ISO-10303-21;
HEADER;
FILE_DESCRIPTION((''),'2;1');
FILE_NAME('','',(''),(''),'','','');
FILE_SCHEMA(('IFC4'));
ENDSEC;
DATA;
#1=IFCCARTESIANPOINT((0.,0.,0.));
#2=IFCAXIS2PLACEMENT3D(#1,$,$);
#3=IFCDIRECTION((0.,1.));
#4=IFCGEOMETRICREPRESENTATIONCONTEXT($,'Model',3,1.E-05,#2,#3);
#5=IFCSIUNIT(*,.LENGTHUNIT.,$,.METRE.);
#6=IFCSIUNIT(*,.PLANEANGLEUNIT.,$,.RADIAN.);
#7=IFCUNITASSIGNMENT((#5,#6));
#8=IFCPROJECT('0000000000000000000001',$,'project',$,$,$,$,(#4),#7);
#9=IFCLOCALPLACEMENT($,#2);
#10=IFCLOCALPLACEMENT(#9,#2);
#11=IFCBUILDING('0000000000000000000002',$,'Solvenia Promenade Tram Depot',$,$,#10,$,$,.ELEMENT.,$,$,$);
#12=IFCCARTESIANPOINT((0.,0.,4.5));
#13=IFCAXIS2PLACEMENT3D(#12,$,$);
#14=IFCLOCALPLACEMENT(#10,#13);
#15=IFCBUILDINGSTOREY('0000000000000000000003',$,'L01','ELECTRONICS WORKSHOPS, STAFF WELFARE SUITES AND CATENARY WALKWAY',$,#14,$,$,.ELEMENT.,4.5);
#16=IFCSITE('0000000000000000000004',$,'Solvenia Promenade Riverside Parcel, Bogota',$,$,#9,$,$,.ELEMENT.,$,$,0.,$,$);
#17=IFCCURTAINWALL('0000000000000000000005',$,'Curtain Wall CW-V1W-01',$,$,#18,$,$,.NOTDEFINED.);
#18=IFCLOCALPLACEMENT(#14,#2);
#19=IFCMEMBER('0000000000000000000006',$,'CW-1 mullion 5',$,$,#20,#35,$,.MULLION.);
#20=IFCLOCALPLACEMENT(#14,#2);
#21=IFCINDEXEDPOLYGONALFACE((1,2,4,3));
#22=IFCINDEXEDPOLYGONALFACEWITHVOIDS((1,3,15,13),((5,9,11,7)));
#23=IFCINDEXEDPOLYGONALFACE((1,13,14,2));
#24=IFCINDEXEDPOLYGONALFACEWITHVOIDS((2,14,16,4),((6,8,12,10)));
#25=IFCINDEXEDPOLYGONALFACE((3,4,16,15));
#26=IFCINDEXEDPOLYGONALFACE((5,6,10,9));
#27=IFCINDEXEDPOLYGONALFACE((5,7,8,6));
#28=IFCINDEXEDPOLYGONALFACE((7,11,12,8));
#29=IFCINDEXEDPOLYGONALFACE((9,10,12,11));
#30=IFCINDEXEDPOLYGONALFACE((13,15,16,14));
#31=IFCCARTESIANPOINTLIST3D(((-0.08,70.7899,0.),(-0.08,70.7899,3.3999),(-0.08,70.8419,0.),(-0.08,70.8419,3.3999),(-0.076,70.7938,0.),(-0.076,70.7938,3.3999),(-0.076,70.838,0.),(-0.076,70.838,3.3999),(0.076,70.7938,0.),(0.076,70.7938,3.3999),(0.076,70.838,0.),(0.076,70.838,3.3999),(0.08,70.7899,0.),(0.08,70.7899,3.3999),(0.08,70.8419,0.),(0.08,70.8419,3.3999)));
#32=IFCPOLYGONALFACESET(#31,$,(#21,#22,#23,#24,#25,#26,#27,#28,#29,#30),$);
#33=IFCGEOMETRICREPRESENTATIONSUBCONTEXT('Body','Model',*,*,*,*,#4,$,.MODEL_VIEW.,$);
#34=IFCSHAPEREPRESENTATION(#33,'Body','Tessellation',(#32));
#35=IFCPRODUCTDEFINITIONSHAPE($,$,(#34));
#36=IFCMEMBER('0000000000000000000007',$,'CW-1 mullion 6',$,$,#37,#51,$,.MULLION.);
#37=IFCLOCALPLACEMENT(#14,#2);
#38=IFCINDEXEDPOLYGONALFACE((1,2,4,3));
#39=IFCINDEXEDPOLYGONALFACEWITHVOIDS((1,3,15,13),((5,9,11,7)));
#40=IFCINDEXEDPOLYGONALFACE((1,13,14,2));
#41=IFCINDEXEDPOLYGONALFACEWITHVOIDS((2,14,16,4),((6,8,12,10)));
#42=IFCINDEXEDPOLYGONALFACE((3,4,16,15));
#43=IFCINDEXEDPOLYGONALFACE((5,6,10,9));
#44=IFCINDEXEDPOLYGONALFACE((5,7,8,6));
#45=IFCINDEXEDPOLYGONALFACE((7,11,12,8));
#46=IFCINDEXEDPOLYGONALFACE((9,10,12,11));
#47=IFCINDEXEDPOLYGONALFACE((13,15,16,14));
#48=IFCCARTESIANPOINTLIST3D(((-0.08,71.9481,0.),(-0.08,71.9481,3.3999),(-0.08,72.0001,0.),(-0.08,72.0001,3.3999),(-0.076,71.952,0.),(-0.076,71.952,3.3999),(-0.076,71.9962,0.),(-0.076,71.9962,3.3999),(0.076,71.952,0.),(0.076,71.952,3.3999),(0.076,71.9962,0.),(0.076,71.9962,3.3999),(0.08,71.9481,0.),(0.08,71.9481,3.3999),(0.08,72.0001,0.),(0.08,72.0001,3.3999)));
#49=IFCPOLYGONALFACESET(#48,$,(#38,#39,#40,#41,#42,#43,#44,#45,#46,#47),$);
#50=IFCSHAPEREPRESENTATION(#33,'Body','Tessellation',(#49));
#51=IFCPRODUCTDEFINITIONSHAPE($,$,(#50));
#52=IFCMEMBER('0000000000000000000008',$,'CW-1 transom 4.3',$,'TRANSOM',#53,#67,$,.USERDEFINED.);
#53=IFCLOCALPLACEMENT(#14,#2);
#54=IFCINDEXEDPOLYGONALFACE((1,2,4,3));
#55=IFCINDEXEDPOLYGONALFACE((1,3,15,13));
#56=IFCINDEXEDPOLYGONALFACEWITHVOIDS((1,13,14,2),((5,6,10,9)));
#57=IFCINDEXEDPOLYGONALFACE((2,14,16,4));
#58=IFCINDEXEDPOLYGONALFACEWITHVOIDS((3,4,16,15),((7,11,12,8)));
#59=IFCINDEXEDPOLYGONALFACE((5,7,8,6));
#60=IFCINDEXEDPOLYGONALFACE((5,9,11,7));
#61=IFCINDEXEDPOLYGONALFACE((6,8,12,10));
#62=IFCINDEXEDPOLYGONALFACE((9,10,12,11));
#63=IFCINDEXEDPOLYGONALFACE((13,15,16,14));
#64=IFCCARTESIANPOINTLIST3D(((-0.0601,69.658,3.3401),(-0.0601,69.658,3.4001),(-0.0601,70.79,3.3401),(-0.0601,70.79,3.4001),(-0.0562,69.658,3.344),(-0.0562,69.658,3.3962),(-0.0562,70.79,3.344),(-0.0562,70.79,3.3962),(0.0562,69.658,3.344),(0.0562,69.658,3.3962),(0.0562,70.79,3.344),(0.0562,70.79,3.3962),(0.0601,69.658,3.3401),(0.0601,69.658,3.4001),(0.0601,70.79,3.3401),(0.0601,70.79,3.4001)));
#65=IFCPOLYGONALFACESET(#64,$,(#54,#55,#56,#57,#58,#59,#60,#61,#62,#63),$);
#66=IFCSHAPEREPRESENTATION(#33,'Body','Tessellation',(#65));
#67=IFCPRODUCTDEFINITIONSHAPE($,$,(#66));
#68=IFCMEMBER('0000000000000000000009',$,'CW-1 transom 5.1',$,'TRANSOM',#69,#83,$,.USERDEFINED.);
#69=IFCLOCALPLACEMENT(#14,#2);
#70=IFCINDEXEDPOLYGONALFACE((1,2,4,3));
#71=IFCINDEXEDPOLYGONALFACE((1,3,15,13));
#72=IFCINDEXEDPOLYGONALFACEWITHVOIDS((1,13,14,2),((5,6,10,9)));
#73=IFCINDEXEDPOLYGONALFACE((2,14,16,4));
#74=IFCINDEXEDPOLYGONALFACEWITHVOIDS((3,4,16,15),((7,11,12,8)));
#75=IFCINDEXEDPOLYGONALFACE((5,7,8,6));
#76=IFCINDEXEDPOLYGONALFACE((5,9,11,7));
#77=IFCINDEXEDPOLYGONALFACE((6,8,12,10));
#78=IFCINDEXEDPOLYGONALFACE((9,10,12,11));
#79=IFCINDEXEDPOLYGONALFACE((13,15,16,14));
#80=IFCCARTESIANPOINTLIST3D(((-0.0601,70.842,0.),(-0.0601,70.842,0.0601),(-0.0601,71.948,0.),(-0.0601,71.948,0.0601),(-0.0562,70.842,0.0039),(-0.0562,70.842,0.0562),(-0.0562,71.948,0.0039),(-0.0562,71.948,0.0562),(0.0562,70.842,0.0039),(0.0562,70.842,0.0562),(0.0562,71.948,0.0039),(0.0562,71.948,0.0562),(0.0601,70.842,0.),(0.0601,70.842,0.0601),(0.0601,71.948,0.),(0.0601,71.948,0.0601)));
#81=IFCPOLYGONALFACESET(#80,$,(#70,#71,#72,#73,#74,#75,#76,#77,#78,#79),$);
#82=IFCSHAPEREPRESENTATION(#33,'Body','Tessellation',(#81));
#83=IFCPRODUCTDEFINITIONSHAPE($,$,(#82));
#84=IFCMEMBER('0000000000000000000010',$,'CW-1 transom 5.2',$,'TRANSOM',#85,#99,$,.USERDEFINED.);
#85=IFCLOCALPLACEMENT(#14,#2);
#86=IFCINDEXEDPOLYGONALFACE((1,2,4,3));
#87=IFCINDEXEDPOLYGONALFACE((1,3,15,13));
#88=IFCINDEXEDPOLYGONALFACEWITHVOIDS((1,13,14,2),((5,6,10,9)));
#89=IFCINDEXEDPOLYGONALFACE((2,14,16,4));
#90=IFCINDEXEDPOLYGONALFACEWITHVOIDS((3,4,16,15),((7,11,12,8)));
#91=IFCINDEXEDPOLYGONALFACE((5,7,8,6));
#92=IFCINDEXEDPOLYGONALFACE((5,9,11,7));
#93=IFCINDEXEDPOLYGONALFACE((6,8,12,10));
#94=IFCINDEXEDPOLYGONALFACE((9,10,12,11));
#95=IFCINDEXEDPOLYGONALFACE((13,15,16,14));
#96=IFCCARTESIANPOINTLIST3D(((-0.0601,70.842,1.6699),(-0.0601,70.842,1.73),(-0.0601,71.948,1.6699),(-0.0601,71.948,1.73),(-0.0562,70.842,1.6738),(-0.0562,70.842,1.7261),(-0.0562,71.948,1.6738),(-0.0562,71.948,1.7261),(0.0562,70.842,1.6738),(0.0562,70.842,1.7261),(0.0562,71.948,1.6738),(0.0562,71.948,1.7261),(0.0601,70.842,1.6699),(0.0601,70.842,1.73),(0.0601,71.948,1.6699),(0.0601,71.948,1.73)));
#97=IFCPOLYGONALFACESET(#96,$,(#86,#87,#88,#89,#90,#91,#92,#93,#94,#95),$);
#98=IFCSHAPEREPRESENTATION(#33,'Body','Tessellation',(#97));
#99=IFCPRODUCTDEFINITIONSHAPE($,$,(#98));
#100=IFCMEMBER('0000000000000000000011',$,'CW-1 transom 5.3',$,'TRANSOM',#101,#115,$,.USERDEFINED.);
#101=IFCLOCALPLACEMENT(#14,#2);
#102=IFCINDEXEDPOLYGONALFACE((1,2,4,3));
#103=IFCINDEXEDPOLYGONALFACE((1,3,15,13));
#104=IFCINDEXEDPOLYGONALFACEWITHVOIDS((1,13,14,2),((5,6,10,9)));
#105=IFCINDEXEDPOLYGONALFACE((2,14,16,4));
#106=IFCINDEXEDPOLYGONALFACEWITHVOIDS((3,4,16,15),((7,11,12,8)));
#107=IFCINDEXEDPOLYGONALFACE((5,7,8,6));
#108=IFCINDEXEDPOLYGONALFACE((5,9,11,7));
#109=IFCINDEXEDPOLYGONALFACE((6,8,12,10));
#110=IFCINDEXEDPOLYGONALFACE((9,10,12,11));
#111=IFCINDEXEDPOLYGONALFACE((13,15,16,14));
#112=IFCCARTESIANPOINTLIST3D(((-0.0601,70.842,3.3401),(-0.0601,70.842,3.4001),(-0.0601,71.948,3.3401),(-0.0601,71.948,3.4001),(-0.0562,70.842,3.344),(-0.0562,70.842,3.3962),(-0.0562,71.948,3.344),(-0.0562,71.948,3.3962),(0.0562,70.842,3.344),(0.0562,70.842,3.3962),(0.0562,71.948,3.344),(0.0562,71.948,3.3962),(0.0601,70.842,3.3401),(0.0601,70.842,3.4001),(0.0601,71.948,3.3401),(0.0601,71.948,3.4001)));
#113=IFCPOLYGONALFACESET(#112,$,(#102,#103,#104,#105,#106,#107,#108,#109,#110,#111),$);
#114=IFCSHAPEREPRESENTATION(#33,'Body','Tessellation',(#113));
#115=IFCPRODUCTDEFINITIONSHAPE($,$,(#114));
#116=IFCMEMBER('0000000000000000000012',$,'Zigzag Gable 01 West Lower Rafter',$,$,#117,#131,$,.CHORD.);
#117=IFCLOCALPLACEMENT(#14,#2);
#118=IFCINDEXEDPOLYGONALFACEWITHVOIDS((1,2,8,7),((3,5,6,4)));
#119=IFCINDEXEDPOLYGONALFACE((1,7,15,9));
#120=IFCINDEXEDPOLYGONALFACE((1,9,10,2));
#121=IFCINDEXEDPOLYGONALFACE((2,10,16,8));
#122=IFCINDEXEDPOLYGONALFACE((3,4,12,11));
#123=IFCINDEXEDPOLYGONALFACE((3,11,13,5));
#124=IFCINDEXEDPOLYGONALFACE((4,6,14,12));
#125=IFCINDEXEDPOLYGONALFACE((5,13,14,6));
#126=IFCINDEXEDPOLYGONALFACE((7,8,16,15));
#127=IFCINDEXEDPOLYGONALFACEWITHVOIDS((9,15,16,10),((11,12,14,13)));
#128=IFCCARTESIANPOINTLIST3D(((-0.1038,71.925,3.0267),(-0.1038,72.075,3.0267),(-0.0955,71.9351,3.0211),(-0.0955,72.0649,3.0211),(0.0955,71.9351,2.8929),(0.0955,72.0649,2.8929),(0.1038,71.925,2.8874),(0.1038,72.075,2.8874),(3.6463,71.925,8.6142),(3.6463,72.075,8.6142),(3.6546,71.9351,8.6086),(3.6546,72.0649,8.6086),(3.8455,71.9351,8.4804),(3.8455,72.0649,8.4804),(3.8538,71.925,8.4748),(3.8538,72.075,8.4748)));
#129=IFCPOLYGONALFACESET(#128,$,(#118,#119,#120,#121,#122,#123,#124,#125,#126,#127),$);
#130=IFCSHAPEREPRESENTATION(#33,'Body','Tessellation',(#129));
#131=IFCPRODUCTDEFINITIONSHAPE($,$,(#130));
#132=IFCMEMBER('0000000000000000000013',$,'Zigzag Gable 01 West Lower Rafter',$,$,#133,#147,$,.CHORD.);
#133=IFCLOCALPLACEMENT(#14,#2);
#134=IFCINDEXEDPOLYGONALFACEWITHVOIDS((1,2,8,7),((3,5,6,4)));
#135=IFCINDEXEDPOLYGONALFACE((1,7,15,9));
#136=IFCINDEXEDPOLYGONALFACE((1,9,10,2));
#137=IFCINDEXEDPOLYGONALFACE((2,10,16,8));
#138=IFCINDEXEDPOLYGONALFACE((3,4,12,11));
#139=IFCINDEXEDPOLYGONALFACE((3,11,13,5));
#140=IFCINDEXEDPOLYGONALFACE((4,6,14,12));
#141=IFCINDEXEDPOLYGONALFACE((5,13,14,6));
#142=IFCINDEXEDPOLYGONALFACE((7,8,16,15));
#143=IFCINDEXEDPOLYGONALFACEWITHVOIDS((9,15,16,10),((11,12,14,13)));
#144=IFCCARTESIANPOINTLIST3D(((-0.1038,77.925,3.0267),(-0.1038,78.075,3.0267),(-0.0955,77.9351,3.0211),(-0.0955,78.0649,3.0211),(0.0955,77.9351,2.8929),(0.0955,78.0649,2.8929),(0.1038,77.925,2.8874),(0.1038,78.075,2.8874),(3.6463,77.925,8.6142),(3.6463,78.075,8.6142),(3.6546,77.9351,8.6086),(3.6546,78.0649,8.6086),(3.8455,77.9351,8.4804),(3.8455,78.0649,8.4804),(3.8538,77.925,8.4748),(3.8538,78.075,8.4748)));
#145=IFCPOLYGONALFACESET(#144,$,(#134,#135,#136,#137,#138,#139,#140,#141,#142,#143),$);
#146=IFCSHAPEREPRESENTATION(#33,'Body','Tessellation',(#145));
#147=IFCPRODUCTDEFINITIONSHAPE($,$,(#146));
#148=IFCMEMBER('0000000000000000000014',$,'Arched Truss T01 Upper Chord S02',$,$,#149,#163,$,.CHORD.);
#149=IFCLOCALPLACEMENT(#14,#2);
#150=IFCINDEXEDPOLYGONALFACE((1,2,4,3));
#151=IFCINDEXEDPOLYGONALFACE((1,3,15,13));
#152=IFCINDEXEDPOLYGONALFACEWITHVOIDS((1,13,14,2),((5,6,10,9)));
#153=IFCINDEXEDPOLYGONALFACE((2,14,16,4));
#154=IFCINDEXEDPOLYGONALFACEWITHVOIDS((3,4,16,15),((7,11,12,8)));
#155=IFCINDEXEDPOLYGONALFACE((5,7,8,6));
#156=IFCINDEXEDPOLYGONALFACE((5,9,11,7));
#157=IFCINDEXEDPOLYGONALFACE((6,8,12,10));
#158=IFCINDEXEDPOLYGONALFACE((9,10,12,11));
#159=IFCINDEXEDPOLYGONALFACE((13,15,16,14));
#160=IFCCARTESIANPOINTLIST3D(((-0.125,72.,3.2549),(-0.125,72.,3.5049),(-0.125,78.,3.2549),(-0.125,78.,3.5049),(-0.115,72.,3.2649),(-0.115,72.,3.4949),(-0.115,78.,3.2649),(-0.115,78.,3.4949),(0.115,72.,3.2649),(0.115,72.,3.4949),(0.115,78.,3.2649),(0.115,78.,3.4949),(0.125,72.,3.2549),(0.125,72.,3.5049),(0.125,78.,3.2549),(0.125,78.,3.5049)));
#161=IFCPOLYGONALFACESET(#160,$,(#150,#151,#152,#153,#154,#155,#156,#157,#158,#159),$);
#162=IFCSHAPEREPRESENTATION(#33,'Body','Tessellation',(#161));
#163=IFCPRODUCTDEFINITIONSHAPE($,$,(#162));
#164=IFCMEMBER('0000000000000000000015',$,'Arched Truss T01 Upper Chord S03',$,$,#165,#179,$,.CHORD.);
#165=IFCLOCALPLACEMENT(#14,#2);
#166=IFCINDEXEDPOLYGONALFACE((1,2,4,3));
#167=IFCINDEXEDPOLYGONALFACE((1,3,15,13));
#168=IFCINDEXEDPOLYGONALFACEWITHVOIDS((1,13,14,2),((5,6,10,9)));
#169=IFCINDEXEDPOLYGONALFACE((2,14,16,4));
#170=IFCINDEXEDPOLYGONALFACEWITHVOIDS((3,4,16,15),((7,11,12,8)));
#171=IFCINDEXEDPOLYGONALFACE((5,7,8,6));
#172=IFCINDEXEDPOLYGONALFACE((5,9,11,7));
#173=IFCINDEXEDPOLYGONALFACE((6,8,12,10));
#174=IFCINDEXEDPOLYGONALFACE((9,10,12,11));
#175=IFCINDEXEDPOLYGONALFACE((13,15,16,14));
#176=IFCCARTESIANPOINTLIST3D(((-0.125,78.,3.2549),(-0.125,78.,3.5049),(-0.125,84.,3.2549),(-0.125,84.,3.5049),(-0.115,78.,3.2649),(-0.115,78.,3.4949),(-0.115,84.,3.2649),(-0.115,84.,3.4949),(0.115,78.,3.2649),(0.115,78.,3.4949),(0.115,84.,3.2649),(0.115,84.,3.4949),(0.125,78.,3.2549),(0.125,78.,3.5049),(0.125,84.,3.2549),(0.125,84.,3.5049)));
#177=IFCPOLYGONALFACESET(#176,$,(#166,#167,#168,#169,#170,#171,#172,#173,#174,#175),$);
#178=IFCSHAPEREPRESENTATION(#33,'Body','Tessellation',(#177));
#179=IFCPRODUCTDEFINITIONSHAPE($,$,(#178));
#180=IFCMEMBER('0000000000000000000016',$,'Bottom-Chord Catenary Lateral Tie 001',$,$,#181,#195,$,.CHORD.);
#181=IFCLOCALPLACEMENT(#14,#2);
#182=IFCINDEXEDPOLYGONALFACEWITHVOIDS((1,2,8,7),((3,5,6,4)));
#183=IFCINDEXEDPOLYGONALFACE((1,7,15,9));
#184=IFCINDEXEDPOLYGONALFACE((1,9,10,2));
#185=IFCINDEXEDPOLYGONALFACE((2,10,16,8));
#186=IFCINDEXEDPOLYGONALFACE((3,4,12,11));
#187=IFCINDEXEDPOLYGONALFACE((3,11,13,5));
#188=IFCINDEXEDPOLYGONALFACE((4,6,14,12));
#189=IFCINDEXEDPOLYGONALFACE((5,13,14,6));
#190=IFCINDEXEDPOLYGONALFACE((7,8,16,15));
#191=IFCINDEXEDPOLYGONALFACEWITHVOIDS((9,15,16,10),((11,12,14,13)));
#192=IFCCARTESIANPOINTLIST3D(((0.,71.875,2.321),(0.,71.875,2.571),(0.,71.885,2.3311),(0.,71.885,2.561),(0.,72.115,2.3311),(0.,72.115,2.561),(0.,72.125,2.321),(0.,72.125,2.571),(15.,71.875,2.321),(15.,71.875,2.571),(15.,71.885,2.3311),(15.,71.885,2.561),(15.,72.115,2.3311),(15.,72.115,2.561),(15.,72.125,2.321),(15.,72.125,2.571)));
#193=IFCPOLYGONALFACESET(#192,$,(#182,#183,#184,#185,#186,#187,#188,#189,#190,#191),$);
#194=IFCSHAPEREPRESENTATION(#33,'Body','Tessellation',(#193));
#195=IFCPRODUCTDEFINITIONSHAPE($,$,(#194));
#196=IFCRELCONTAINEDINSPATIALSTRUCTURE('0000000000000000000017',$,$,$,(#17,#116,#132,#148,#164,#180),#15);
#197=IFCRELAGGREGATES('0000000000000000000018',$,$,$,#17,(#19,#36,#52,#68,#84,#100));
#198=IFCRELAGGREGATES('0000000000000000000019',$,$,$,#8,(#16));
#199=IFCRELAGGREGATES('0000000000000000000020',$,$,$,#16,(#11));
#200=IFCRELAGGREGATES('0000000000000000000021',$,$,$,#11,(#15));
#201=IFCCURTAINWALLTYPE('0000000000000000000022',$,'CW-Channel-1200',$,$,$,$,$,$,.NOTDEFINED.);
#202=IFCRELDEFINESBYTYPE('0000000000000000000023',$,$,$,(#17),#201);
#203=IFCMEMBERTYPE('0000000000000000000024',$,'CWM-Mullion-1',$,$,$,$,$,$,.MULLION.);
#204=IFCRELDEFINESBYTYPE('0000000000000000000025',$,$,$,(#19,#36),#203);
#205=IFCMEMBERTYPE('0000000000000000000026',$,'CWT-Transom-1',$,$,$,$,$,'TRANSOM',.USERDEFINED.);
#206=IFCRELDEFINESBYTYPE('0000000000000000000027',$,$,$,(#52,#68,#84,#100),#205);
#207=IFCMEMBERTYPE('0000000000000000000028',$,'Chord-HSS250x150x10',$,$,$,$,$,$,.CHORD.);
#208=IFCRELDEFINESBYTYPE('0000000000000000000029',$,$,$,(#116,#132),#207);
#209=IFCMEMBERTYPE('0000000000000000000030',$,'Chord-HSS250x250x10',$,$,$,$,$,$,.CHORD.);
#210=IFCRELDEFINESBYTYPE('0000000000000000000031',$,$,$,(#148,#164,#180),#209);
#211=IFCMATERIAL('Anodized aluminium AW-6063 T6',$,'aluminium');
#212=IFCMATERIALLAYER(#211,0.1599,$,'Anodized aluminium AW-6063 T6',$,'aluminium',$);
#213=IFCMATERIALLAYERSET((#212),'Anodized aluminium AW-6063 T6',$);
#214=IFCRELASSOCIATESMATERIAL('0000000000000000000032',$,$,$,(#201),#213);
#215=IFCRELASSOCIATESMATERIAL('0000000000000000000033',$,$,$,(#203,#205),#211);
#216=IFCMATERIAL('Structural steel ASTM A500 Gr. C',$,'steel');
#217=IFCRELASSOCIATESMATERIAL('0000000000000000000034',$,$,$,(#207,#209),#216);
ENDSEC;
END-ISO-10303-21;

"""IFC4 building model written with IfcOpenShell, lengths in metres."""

from ifc_helpers import new_model, si_unit, direction, frame, origin, origin_2d, place, context, subcontext, project, spatial, hollow_rectangle, extrude, material, layer, layer_set, material_profile, profile_set, type_object, element, aggregate, save


model = new_model("IFC4")

# Units and contexts
model_context = context("Model", 3, precision=1e-05, world=origin(), true_north=direction((0.0, 1.0)))
body_context = subcontext(model_context, "Body", "Model", "MODEL_VIEW")
ifc_project = project(units=[si_unit("LENGTHUNIT", "METRE"), si_unit("PLANEANGLEUNIT", "RADIAN")], contexts=[model_context])

# Site, building, storey
site_placement = place(None, origin())
site = spatial("IfcSite", under=ifc_project, at=site_placement, Name="Solvenia Promenade Riverside Parcel, Bogota", CompositionType="ELEMENT", RefElevation=0.0)
building_placement = place(site_placement, origin())
building = spatial("IfcBuilding", under=site, at=building_placement, Name="Solvenia Promenade Tram Depot", CompositionType="ELEMENT")
storey_placement = place(building_placement, frame((0.0, 0.0, 4.5)))
storey = spatial("IfcBuildingStorey", under=building, at=storey_placement, Name="L01", Description="ELECTRONICS WORKSHOPS, STAFF WELFARE SUITES AND CATENARY WALKWAY", CompositionType="ELEMENT", Elevation=4.5)

# Curtain wall, members
ifc_material_1 = material(Name="Anodized aluminium AW-6063 T6", Category="aluminium")
ifc_layer_1 = layer(ifc_material_1, 0.1599, Name="Anodized aluminium AW-6063 T6", Category="aluminium")
ifc_layer_set_1 = layer_set([ifc_layer_1], Name="Anodized aluminium AW-6063 T6")
curtain_wall_type = type_object("IfcCurtainWallType", Name="CW-Channel-1200", PredefinedType="NOTDEFINED", material=ifc_layer_set_1)
curtain_wall_placement = place(storey_placement, origin())
curtain_wall = element("IfcCurtainWall", 1, at=curtain_wall_placement, inside=storey, type_object=curtain_wall_type, Name="Curtain Wall CW-V1W-01", PredefinedType="NOTDEFINED")
ifc_material_profile_1 = material_profile(ifc_material_1, hollow_rectangle(XDim=0.1599, YDim=0.052, WallThickness=0.0039, at=origin_2d()), Name="ALU-M1", Category="aluminium")
ifc_profile_set_1 = profile_set([ifc_material_profile_1], Name="Anodized aluminium AW-6063 T6")
member_type_1 = type_object("IfcMemberType", Name="CWM-Mullion-1", PredefinedType="MULLION", material=ifc_profile_set_1)
member_1_placement = place(storey_placement, frame((0.0, 70.8159, 0.0), z_axis=(0.0, 0.0, 1.0), x_axis=(-1.0, 0.0, 0.0)))
member_1 = element("IfcMember", 2, at=member_1_placement, type_object=member_type_1, Name="CW-1 mullion 5", PredefinedType="MULLION", context=body_context, shape_type="SweptSolid", body=[
    extrude(hollow_rectangle(XDim=0.1599, YDim=0.052, WallThickness=0.0039, at=origin_2d()), origin(), (0.0, 0.0, 1.0), 3.3999),
])
member_2_placement = place(storey_placement, frame((0.0, 71.9741, 0.0), z_axis=(0.0, 0.0, 1.0), x_axis=(-1.0, 0.0, 0.0)))
member_2 = element("IfcMember", 3, at=member_2_placement, type_object=member_type_1, Name="CW-1 mullion 6", PredefinedType="MULLION", context=body_context, shape_type="SweptSolid", body=[
    extrude(hollow_rectangle(XDim=0.1599, YDim=0.052, WallThickness=0.0039, at=origin_2d()), origin(), (0.0, 0.0, 1.0), 3.3999),
])
ifc_material_profile_2 = material_profile(ifc_material_1, hollow_rectangle(XDim=0.1201, YDim=0.0601, WallThickness=0.0039, at=origin_2d()), Name="ALU-T1", Category="aluminium")
ifc_profile_set_2 = profile_set([ifc_material_profile_2], Name="Anodized aluminium AW-6063 T6")
member_type_2 = type_object("IfcMemberType", Name="CWT-Transom-1", ElementType="TRANSOM", PredefinedType="USERDEFINED", material=ifc_profile_set_2)
member_3_placement = place(storey_placement, frame((0.0, 69.658, 3.3701), z_axis=(0.0, 1.0, 0.0), x_axis=(-1.0, 0.0, 0.0)))
member_3 = element("IfcMember", 4, at=member_3_placement, type_object=member_type_2, Name="CW-1 transom 4.3", ObjectType="TRANSOM", PredefinedType="USERDEFINED", context=body_context, shape_type="SweptSolid", body=[
    extrude(hollow_rectangle(XDim=0.1201, YDim=0.0601, WallThickness=0.0039, at=origin_2d()), origin(), (0.0, 0.0, 1.0), 1.1321),
])
member_4_placement = place(storey_placement, frame((0.0, 70.842, 0.03), z_axis=(0.0, 1.0, 0.0), x_axis=(-1.0, 0.0, 0.0)))
member_4 = element("IfcMember", 5, at=member_4_placement, type_object=member_type_2, Name="CW-1 transom 5.1", ObjectType="TRANSOM", PredefinedType="USERDEFINED", context=body_context, shape_type="SweptSolid", body=[
    extrude(hollow_rectangle(XDim=0.1201, YDim=0.0601, WallThickness=0.0039, at=origin_2d()), origin(), (0.0, 0.0, 1.0), 1.106),
])
member_5_placement = place(storey_placement, frame((0.0, 70.842, 1.7), z_axis=(0.0, 1.0, 0.0), x_axis=(-1.0, 0.0, 0.0)))
member_5 = element("IfcMember", 6, at=member_5_placement, type_object=member_type_2, Name="CW-1 transom 5.2", ObjectType="TRANSOM", PredefinedType="USERDEFINED", context=body_context, shape_type="SweptSolid", body=[
    extrude(hollow_rectangle(XDim=0.1201, YDim=0.0601, WallThickness=0.0039, at=origin_2d()), origin(), (0.0, 0.0, 1.0), 1.106),
])
member_6_placement = place(storey_placement, frame((0.0, 70.842, 3.3701), z_axis=(0.0, 1.0, 0.0), x_axis=(-1.0, 0.0, 0.0)))
member_6 = element("IfcMember", 7, at=member_6_placement, type_object=member_type_2, Name="CW-1 transom 5.3", ObjectType="TRANSOM", PredefinedType="USERDEFINED", context=body_context, shape_type="SweptSolid", body=[
    extrude(hollow_rectangle(XDim=0.1201, YDim=0.0601, WallThickness=0.0039, at=origin_2d()), origin(), (0.0, 0.0, 1.0), 1.106),
])

# Members
ifc_material_2 = material(Name="Structural steel ASTM A500 Gr. C", Category="steel")
ifc_material_profile_3 = material_profile(ifc_material_2, hollow_rectangle(XDim=0.1499, YDim=0.25, WallThickness=0.01, at=origin_2d()), Name="HSS250x150x10", Category="steel")
ifc_profile_set_3 = profile_set([ifc_material_profile_3], Name="Structural steel ASTM A500 Gr. C")
member_type_3 = type_object("IfcMemberType", Name="Chord-HSS250x150x10", PredefinedType="CHORD", material=ifc_profile_set_3)
for number, where, z_axis, x_axis, name in (
    (8, (0.0, 72.0, 2.957), (0.557276, 0.0, 0.830327), (0.0, 1.0, 0.0), "Zigzag Gable 01 West Lower Rafter"),
    (9, (0.0, 78.0, 2.957), (0.557276, 0.0, 0.830327), (0.0, 1.0, 0.0), "Zigzag Gable 01 West Lower Rafter"),
):
    element("IfcMember", number, at=place(storey_placement, frame(where, z_axis=z_axis, x_axis=x_axis)), inside=storey, type_object=member_type_3, Name=name, PredefinedType="CHORD", context=body_context, shape_type="SweptSolid", body=[
        extrude(hollow_rectangle(XDim=0.1499, YDim=0.25, WallThickness=0.01, at=origin_2d()), origin(), (0.0, 0.0, 1.0), 6.7292),
    ])
ifc_material_profile_4 = material_profile(ifc_material_2, hollow_rectangle(XDim=0.25, YDim=0.25, WallThickness=0.01, at=origin_2d()), Name="HSS250x250x10", Category="steel")
ifc_profile_set_4 = profile_set([ifc_material_profile_4], Name="Structural steel ASTM A500 Gr. C")
member_type_4 = type_object("IfcMemberType", Name="Chord-HSS250x250x10", PredefinedType="CHORD", material=ifc_profile_set_4)
for number, where, z_axis, x_axis, name in (
    (10, (0.0, 72.0, 3.3799), (0.0, 1.0, 0.0), (-1.0, 0.0, 0.0), "Arched Truss T01 Upper Chord S02"),
    (11, (0.0, 78.0, 3.3799), (0.0, 1.0, 0.0), (-1.0, 0.0, 0.0), "Arched Truss T01 Upper Chord S03"),
):
    element("IfcMember", number, at=place(storey_placement, frame(where, z_axis=z_axis, x_axis=x_axis)), inside=storey, type_object=member_type_4, Name=name, PredefinedType="CHORD", context=body_context, shape_type="SweptSolid", body=[
        extrude(hollow_rectangle(XDim=0.25, YDim=0.25, WallThickness=0.01, at=origin_2d()), origin(), (0.0, 0.0, 1.0), 6.0),
    ])
for number, where, z_axis, x_axis, name in (
    (12, (0.0, 72.0, 2.446), (1.0, 0.0, 0.0), (0.0, 1.0, 0.0), "Bottom-Chord Catenary Lateral Tie 001"),
):
    element("IfcMember", number, at=place(storey_placement, frame(where, z_axis=z_axis, x_axis=x_axis)), inside=storey, type_object=member_type_4, Name=name, PredefinedType="CHORD", context=body_context, shape_type="SweptSolid", body=[
        extrude(hollow_rectangle(XDim=0.25, YDim=0.25, WallThickness=0.01, at=origin_2d()), origin(), (0.0, 0.0, 1.0), 15.0),
    ])

aggregate(curtain_wall, [member_1, member_2, member_3, member_4, member_5, member_6])

save(model, "model.ifc")
